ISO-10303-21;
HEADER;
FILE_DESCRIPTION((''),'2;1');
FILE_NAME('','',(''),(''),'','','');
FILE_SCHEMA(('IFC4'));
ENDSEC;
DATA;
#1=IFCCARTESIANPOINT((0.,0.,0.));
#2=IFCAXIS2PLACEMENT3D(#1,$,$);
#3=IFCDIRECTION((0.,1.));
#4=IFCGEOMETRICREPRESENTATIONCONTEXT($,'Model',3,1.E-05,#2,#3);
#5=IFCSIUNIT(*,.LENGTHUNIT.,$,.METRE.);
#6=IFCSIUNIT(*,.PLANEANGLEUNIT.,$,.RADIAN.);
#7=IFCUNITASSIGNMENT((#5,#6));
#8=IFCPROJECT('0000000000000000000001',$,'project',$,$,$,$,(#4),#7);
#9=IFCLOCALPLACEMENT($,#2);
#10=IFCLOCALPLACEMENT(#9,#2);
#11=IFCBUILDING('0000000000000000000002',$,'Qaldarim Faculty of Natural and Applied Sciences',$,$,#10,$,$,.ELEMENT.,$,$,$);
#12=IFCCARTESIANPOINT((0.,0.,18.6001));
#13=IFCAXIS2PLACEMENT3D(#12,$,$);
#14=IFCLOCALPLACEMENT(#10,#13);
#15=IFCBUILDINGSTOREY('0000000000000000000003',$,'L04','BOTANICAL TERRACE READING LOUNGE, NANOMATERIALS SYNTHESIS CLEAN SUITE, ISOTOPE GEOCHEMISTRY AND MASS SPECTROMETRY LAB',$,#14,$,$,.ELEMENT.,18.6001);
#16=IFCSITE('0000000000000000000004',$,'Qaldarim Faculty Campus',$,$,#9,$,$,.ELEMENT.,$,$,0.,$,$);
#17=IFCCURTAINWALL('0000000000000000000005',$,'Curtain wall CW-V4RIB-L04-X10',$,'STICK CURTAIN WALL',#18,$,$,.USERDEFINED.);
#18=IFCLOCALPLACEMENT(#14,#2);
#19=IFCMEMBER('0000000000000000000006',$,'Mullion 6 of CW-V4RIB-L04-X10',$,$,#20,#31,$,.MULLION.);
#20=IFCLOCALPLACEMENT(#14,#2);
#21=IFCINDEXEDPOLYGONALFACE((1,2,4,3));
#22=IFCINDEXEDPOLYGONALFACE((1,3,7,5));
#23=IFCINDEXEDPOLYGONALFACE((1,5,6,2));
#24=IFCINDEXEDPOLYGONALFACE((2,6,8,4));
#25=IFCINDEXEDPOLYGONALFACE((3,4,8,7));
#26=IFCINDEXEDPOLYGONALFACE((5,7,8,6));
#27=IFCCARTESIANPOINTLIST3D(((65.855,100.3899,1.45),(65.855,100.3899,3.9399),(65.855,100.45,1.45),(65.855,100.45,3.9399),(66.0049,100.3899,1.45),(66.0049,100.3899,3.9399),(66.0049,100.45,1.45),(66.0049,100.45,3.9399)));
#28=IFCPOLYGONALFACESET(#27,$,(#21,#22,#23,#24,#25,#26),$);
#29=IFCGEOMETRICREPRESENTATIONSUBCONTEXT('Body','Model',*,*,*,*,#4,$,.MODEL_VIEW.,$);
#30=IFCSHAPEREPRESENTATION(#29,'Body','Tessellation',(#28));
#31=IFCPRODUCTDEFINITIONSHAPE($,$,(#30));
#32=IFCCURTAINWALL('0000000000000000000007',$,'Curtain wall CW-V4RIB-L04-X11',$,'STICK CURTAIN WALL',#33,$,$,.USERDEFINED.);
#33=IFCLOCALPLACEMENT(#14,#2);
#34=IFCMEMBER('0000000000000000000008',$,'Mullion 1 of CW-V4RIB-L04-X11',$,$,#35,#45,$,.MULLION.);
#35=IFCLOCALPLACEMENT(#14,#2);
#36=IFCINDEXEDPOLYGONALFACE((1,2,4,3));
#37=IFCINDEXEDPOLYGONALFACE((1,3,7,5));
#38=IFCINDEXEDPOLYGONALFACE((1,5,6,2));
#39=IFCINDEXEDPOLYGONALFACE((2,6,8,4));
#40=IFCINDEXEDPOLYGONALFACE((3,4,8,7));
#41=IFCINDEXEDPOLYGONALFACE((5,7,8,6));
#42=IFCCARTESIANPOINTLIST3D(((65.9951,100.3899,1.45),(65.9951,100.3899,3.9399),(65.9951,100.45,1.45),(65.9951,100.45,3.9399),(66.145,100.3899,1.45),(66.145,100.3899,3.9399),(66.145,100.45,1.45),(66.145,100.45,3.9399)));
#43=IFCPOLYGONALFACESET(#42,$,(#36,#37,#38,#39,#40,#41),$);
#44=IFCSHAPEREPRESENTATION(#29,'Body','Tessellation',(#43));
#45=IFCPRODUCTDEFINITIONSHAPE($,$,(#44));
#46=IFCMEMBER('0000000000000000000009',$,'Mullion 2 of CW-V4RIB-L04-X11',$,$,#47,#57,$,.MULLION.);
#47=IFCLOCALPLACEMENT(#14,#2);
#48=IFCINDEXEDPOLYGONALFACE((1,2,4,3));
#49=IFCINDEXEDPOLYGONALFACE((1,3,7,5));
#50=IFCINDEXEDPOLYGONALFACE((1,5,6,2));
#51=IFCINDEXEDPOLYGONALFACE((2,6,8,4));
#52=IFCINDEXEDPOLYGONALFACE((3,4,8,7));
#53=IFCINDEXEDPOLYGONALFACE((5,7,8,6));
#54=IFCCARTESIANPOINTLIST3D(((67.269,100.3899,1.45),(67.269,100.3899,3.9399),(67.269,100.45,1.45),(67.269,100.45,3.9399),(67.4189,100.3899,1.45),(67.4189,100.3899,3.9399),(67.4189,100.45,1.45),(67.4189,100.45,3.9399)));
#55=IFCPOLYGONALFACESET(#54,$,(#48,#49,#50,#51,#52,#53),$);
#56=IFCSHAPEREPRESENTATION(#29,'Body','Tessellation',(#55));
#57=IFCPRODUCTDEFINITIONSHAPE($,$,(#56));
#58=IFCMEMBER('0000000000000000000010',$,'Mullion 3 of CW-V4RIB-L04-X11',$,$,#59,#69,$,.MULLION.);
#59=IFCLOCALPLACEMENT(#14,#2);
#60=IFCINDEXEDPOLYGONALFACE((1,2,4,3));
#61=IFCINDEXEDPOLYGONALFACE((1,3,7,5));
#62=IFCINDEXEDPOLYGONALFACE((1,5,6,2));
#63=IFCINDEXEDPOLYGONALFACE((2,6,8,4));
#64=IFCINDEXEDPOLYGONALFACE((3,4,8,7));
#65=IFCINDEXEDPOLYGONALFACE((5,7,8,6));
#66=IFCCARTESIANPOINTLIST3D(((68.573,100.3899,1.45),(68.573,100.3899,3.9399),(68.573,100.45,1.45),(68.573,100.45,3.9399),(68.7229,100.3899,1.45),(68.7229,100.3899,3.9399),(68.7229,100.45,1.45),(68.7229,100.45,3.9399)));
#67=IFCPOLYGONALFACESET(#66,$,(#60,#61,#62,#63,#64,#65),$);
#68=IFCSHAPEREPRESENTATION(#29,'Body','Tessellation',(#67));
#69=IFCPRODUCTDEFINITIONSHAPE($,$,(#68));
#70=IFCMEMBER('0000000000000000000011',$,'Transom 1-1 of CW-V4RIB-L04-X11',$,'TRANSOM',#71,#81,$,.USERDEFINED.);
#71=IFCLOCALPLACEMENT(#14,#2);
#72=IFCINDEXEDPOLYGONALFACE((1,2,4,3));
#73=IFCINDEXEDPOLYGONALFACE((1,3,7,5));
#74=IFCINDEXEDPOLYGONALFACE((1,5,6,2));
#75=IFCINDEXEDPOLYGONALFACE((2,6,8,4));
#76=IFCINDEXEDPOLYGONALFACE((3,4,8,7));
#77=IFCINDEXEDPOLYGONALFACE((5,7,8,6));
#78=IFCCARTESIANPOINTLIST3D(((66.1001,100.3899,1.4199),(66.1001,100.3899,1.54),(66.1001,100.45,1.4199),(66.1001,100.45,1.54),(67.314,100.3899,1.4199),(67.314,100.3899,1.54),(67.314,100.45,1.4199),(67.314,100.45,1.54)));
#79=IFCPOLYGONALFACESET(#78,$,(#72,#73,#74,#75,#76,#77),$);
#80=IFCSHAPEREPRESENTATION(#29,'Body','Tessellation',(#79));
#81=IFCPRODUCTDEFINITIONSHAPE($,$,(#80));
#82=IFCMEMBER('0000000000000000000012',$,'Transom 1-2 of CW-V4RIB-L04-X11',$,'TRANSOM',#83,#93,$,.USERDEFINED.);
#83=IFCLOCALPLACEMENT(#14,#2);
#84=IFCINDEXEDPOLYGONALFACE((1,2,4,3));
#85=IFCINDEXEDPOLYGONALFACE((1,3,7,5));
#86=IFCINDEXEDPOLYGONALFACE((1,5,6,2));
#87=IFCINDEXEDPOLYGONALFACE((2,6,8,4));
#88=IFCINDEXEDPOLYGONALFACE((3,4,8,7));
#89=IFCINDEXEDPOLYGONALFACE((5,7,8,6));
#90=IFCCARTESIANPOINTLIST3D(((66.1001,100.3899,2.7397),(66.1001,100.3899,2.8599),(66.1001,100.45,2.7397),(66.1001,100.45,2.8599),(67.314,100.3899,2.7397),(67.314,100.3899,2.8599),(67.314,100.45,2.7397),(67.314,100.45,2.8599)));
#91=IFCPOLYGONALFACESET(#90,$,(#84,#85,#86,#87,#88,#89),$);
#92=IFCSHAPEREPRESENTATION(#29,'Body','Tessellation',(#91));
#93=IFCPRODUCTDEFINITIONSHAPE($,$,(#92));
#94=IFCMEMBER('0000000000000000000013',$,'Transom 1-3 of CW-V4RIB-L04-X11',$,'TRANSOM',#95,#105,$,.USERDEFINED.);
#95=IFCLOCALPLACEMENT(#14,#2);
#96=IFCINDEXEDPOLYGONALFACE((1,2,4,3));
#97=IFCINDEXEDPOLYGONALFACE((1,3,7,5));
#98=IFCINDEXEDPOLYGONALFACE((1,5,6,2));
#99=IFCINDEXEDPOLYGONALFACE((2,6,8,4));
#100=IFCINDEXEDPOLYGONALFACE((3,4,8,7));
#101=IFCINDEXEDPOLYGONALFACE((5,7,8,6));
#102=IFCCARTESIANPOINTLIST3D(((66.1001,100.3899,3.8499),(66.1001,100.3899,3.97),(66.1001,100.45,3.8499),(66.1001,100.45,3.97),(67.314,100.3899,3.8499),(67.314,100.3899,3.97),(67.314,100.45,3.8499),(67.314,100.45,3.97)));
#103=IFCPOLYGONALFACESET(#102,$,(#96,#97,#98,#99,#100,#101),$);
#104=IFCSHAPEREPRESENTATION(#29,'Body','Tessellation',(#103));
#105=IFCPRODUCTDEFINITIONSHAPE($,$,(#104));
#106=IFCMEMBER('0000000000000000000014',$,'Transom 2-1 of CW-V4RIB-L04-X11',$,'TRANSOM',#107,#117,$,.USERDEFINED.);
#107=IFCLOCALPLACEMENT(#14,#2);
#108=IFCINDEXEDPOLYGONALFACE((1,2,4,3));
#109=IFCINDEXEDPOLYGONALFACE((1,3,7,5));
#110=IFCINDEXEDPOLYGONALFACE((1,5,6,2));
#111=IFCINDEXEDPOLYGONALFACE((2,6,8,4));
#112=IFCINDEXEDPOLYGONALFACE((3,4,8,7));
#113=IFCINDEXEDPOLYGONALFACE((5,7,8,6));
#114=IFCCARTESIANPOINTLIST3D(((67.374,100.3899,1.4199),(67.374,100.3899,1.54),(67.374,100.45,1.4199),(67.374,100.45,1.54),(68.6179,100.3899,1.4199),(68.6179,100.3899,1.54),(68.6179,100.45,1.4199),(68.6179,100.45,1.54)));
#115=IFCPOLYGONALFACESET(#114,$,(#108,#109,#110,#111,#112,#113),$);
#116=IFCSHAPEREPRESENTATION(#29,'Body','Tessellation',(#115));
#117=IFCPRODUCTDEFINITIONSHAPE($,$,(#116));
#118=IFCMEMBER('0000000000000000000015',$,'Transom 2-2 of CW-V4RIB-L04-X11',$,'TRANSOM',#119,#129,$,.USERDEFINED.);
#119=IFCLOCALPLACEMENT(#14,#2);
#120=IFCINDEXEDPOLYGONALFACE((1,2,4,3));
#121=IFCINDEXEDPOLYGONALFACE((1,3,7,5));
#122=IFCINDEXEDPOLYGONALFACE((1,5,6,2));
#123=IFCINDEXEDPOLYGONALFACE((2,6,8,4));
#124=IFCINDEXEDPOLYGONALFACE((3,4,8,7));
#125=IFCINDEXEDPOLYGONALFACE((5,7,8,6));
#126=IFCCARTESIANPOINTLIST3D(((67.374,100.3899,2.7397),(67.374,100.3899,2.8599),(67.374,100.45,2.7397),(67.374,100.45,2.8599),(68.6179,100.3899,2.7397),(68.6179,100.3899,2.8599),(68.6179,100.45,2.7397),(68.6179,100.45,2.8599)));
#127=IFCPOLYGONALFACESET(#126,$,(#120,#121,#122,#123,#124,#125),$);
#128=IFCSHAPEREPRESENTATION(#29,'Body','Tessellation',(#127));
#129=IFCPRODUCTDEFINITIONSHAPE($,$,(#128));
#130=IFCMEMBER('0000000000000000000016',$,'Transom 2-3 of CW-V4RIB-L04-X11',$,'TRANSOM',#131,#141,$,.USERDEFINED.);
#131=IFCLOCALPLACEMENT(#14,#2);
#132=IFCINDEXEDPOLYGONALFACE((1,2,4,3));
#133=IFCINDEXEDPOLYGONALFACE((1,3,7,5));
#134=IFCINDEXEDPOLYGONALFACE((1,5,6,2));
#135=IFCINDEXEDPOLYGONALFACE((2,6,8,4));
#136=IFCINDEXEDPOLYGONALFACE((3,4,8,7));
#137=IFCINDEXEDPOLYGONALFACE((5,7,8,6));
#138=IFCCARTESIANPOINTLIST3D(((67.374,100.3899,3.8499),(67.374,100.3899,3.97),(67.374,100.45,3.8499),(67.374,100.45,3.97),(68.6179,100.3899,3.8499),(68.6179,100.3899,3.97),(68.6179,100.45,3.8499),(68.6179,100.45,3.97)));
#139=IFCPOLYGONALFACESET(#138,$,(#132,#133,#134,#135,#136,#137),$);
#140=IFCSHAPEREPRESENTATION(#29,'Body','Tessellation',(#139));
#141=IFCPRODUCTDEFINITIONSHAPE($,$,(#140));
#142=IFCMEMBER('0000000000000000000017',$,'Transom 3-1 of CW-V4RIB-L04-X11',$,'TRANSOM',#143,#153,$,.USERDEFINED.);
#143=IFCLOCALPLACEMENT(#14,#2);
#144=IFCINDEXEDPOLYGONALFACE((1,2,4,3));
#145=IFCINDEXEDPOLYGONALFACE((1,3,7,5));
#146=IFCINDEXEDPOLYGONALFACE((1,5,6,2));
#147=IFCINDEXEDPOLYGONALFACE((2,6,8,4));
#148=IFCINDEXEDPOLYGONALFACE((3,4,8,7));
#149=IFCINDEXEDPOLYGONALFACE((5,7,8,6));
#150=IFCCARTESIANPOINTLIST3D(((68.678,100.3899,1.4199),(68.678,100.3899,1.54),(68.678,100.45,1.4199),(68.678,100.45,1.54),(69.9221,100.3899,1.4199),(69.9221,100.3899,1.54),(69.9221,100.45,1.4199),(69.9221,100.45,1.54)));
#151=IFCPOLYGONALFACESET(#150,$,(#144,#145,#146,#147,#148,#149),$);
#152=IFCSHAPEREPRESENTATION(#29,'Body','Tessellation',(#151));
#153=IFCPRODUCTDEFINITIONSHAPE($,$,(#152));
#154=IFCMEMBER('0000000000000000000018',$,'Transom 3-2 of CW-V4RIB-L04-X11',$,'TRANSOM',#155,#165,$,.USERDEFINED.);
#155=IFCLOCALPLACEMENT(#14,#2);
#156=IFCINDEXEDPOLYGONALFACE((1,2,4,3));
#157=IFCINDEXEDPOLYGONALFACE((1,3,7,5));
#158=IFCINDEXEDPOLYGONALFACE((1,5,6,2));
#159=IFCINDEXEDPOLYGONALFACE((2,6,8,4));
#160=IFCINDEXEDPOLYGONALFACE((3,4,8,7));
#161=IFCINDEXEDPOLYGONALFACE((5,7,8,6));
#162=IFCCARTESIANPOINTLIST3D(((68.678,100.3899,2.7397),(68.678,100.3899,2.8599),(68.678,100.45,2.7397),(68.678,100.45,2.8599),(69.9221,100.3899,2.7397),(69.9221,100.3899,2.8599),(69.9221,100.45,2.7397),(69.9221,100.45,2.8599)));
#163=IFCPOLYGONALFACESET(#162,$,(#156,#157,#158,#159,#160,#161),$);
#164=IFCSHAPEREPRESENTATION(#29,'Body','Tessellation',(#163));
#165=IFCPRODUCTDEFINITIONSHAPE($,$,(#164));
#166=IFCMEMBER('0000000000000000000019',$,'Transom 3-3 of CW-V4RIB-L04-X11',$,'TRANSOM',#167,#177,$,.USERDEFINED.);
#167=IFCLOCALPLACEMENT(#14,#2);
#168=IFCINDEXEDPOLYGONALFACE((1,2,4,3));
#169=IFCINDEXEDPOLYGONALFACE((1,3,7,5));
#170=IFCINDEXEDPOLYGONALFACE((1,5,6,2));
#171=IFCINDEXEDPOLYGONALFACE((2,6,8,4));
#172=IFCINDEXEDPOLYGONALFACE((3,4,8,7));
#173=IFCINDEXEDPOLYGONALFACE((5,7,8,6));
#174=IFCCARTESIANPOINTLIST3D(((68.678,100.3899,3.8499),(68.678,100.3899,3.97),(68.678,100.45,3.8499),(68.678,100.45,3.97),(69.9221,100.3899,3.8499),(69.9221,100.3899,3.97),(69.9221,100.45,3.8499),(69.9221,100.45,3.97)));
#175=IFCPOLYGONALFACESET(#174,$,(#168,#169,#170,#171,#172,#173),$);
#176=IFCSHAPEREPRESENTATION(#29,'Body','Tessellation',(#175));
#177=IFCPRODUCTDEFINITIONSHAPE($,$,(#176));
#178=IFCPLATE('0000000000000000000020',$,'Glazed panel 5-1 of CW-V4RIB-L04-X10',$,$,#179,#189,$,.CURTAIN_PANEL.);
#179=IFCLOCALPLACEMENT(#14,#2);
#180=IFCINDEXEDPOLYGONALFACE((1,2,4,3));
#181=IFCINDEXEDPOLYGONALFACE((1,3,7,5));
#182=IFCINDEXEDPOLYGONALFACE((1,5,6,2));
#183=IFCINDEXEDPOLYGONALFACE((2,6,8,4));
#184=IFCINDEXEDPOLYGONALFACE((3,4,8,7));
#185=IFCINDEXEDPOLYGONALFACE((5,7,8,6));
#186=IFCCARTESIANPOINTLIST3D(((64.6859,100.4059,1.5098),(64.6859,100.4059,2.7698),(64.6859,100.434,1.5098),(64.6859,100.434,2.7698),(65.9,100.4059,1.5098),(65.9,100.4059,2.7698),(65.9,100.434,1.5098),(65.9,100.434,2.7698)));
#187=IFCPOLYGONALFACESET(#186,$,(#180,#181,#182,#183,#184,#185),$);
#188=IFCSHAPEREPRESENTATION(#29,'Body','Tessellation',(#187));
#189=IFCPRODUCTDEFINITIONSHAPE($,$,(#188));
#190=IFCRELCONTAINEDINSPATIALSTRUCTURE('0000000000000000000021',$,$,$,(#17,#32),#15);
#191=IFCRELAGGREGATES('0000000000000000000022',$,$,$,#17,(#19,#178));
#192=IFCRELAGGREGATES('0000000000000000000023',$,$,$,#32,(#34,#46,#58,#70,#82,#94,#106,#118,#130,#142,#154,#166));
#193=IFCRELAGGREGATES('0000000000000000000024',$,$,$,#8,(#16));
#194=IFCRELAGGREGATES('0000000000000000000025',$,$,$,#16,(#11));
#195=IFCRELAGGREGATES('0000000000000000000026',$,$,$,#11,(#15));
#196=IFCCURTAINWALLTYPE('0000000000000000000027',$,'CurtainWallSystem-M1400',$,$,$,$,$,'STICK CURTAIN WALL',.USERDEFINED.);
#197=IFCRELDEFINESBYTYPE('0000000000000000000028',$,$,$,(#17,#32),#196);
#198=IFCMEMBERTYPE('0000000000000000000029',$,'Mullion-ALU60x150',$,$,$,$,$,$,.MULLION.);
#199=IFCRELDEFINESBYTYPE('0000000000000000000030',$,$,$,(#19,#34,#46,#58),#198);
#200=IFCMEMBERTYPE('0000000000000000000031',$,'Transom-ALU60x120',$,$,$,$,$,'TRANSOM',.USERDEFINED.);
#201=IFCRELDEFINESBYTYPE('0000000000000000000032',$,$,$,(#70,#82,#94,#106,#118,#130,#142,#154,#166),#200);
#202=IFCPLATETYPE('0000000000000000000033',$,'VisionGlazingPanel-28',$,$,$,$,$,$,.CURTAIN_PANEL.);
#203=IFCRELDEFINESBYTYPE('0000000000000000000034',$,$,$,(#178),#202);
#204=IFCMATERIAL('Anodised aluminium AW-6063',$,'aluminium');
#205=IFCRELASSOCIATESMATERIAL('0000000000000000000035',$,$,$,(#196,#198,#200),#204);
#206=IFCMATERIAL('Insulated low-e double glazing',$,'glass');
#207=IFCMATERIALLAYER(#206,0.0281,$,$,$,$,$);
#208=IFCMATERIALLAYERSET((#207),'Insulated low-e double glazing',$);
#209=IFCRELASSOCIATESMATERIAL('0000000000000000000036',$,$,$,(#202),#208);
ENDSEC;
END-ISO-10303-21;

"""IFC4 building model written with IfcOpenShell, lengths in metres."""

from ifc_helpers import new_model, si_unit, direction, frame, origin, origin_2d, place, context, subcontext, project, spatial, rectangle, extrude, material, layer, layer_set, material_profile, profile_set, type_object, element, aggregate, save


model = new_model("IFC4")

# Units and contexts
model_context = context("Model", 3, precision=1e-05, world=origin(), true_north=direction((0.0, 1.0)))
body_context = subcontext(model_context, "Body", "Model", "MODEL_VIEW")
ifc_project = project(units=[si_unit("LENGTHUNIT", "METRE"), si_unit("PLANEANGLEUNIT", "RADIAN")], contexts=[model_context])

# Site, building, storey
site_placement = place(None, origin())
site = spatial("IfcSite", under=ifc_project, at=site_placement, Name="Qaldarim Faculty Campus", CompositionType="ELEMENT", RefElevation=0.0)
building_placement = place(site_placement, origin())
building = spatial("IfcBuilding", under=site, at=building_placement, Name="Qaldarim Faculty of Natural and Applied Sciences", CompositionType="ELEMENT")
storey_placement = place(building_placement, frame((0.0, 0.0, 18.6001)))
storey = spatial("IfcBuildingStorey", under=building, at=storey_placement, Name="L04", Description="BOTANICAL TERRACE READING LOUNGE, NANOMATERIALS SYNTHESIS CLEAN SUITE, ISOTOPE GEOCHEMISTRY AND MASS SPECTROMETRY LAB", CompositionType="ELEMENT", Elevation=18.6001)

# Curtain wall, member
ifc_material_1 = material(Name="Anodised aluminium AW-6063", Category="aluminium")
curtain_wall_type = type_object("IfcCurtainWallType", Name="CurtainWallSystem-M1400", ElementType="STICK CURTAIN WALL", PredefinedType="USERDEFINED", material=ifc_material_1)
curtain_wall_1_placement = place(storey_placement, origin())
curtain_wall_1 = element("IfcCurtainWall", 1, at=curtain_wall_1_placement, inside=storey, type_object=curtain_wall_type, Name="Curtain wall CW-V4RIB-L04-X10", ObjectType="STICK CURTAIN WALL", PredefinedType="USERDEFINED")
ifc_material_profile_1 = material_profile(ifc_material_1, rectangle(XDim=0.0601, YDim=0.1499, at=origin_2d()), Name="ALU-M60x150")
ifc_profile_set_1 = profile_set([ifc_material_profile_1], Name="Anodised aluminium AW-6063")
member_type_1 = type_object("IfcMemberType", Name="Mullion-ALU60x150", PredefinedType="MULLION", material=ifc_profile_set_1)
member_1_placement = place(storey_placement, frame((65.9299, 100.4199, 1.45), z_axis=(0.0, 0.0, 1.0), x_axis=(0.0, 1.0, 0.0)))
member_1 = element("IfcMember", 2, at=member_1_placement, type_object=member_type_1, Name="Mullion 6 of CW-V4RIB-L04-X10", PredefinedType="MULLION", context=body_context, shape_type="SweptSolid", body=[
    extrude(rectangle(XDim=0.0601, YDim=0.1499, at=origin_2d()), origin(), (0.0, 0.0, 1.0), 2.49),
])

# Curtain wall, members
curtain_wall_2_placement = place(storey_placement, origin())
curtain_wall_2 = element("IfcCurtainWall", 3, at=curtain_wall_2_placement, inside=storey, type_object=curtain_wall_type, Name="Curtain wall CW-V4RIB-L04-X11", ObjectType="STICK CURTAIN WALL", PredefinedType="USERDEFINED")
member_2_placement = place(storey_placement, frame((66.0701, 100.4199, 1.45), z_axis=(0.0, 0.0, 1.0), x_axis=(0.0, 1.0, 0.0)))
member_2 = element("IfcMember", 4, at=member_2_placement, type_object=member_type_1, Name="Mullion 1 of CW-V4RIB-L04-X11", PredefinedType="MULLION", context=body_context, shape_type="SweptSolid", body=[
    extrude(rectangle(XDim=0.0601, YDim=0.1499, at=origin_2d()), origin(), (0.0, 0.0, 1.0), 2.49),
])
member_3_placement = place(storey_placement, frame((67.344, 100.4199, 1.45), z_axis=(0.0, 0.0, 1.0), x_axis=(0.0, 1.0, 0.0)))
member_3 = element("IfcMember", 5, at=member_3_placement, type_object=member_type_1, Name="Mullion 2 of CW-V4RIB-L04-X11", PredefinedType="MULLION", context=body_context, shape_type="SweptSolid", body=[
    extrude(rectangle(XDim=0.0601, YDim=0.1499, at=origin_2d()), origin(), (0.0, 0.0, 1.0), 2.49),
])
member_4_placement = place(storey_placement, frame((68.6479, 100.4199, 1.45), z_axis=(0.0, 0.0, 1.0), x_axis=(0.0, 1.0, 0.0)))
member_4 = element("IfcMember", 6, at=member_4_placement, type_object=member_type_1, Name="Mullion 3 of CW-V4RIB-L04-X11", PredefinedType="MULLION", context=body_context, shape_type="SweptSolid", body=[
    extrude(rectangle(XDim=0.0601, YDim=0.1499, at=origin_2d()), origin(), (0.0, 0.0, 1.0), 2.49),
])
ifc_material_profile_2 = material_profile(ifc_material_1, rectangle(XDim=0.0601, YDim=0.1201, at=origin_2d()), Name="ALU-T60x120")
ifc_profile_set_2 = profile_set([ifc_material_profile_2], Name="Anodised aluminium AW-6063")
member_type_2 = type_object("IfcMemberType", Name="Transom-ALU60x120", ElementType="TRANSOM", PredefinedType="USERDEFINED", material=ifc_profile_set_2)
member_5_placement = place(storey_placement, frame((66.1001, 100.4199, 1.48), z_axis=(1.0, 0.0, 0.0), x_axis=(0.0, 1.0, 0.0)))
member_5 = element("IfcMember", 7, at=member_5_placement, type_object=member_type_2, Name="Transom 1-1 of CW-V4RIB-L04-X11", ObjectType="TRANSOM", PredefinedType="USERDEFINED", context=body_context, shape_type="SweptSolid", body=[
    extrude(rectangle(XDim=0.0601, YDim=0.1201, at=origin_2d()), origin(), (0.0, 0.0, 1.0), 1.2139),
])
member_6_placement = place(storey_placement, frame((66.1001, 100.4199, 2.7998), z_axis=(1.0, 0.0, 0.0), x_axis=(0.0, 1.0, 0.0)))
member_6 = element("IfcMember", 8, at=member_6_placement, type_object=member_type_2, Name="Transom 1-2 of CW-V4RIB-L04-X11", ObjectType="TRANSOM", PredefinedType="USERDEFINED", context=body_context, shape_type="SweptSolid", body=[
    extrude(rectangle(XDim=0.0601, YDim=0.1201, at=origin_2d()), origin(), (0.0, 0.0, 1.0), 1.2139),
])
member_7_placement = place(storey_placement, frame((66.1001, 100.4199, 3.9099), z_axis=(1.0, 0.0, 0.0), x_axis=(0.0, 1.0, 0.0)))
member_7 = element("IfcMember", 9, at=member_7_placement, type_object=member_type_2, Name="Transom 1-3 of CW-V4RIB-L04-X11", ObjectType="TRANSOM", PredefinedType="USERDEFINED", context=body_context, shape_type="SweptSolid", body=[
    extrude(rectangle(XDim=0.0601, YDim=0.1201, at=origin_2d()), origin(), (0.0, 0.0, 1.0), 1.2139),
])
member_8_placement = place(storey_placement, frame((67.374, 100.4199, 1.48), z_axis=(1.0, 0.0, 0.0), x_axis=(0.0, 1.0, 0.0)))
member_8 = element("IfcMember", 10, at=member_8_placement, type_object=member_type_2, Name="Transom 2-1 of CW-V4RIB-L04-X11", ObjectType="TRANSOM", PredefinedType="USERDEFINED", context=body_context, shape_type="SweptSolid", body=[
    extrude(rectangle(XDim=0.0601, YDim=0.1201, at=origin_2d()), origin(), (0.0, 0.0, 1.0), 1.2439),
])
member_9_placement = place(storey_placement, frame((67.374, 100.4199, 2.7998), z_axis=(1.0, 0.0, 0.0), x_axis=(0.0, 1.0, 0.0)))
member_9 = element("IfcMember", 11, at=member_9_placement, type_object=member_type_2, Name="Transom 2-2 of CW-V4RIB-L04-X11", ObjectType="TRANSOM", PredefinedType="USERDEFINED", context=body_context, shape_type="SweptSolid", body=[
    extrude(rectangle(XDim=0.0601, YDim=0.1201, at=origin_2d()), origin(), (0.0, 0.0, 1.0), 1.2439),
])
member_10_placement = place(storey_placement, frame((67.374, 100.4199, 3.9099), z_axis=(1.0, 0.0, 0.0), x_axis=(0.0, 1.0, 0.0)))
member_10 = element("IfcMember", 12, at=member_10_placement, type_object=member_type_2, Name="Transom 2-3 of CW-V4RIB-L04-X11", ObjectType="TRANSOM", PredefinedType="USERDEFINED", context=body_context, shape_type="SweptSolid", body=[
    extrude(rectangle(XDim=0.0601, YDim=0.1201, at=origin_2d()), origin(), (0.0, 0.0, 1.0), 1.2439),
])
member_11_placement = place(storey_placement, frame((68.678, 100.4199, 1.48), z_axis=(1.0, 0.0, 0.0), x_axis=(0.0, 1.0, 0.0)))
member_11 = element("IfcMember", 13, at=member_11_placement, type_object=member_type_2, Name="Transom 3-1 of CW-V4RIB-L04-X11", ObjectType="TRANSOM", PredefinedType="USERDEFINED", context=body_context, shape_type="SweptSolid", body=[
    extrude(rectangle(XDim=0.0601, YDim=0.1201, at=origin_2d()), origin(), (0.0, 0.0, 1.0), 1.2441),
])
member_12_placement = place(storey_placement, frame((68.678, 100.4199, 2.7998), z_axis=(1.0, 0.0, 0.0), x_axis=(0.0, 1.0, 0.0)))
member_12 = element("IfcMember", 14, at=member_12_placement, type_object=member_type_2, Name="Transom 3-2 of CW-V4RIB-L04-X11", ObjectType="TRANSOM", PredefinedType="USERDEFINED", context=body_context, shape_type="SweptSolid", body=[
    extrude(rectangle(XDim=0.0601, YDim=0.1201, at=origin_2d()), origin(), (0.0, 0.0, 1.0), 1.2441),
])
member_13_placement = place(storey_placement, frame((68.678, 100.4199, 3.9099), z_axis=(1.0, 0.0, 0.0), x_axis=(0.0, 1.0, 0.0)))
member_13 = element("IfcMember", 15, at=member_13_placement, type_object=member_type_2, Name="Transom 3-3 of CW-V4RIB-L04-X11", ObjectType="TRANSOM", PredefinedType="USERDEFINED", context=body_context, shape_type="SweptSolid", body=[
    extrude(rectangle(XDim=0.0601, YDim=0.1201, at=origin_2d()), origin(), (0.0, 0.0, 1.0), 1.2441),
])

# Plate
ifc_material_2 = material(Name="Insulated low-e double glazing", Category="glass")
ifc_layer_1 = layer(ifc_material_2, 0.0281)
ifc_layer_set_1 = layer_set([ifc_layer_1], Name="Insulated low-e double glazing")
plate_type = type_object("IfcPlateType", Name="VisionGlazingPanel-28", PredefinedType="CURTAIN_PANEL", material=ifc_layer_set_1)
plate_1_placement = place(storey_placement, frame((65.293, 100.4199, 1.5098), z_axis=(0.0, 0.0, 1.0), x_axis=(1.0, 0.0, 0.0)))
plate_1 = element("IfcPlate", 16, at=plate_1_placement, type_object=plate_type, Name="Glazed panel 5-1 of CW-V4RIB-L04-X10", PredefinedType="CURTAIN_PANEL", context=body_context, shape_type="SweptSolid", body=[
    extrude(rectangle(XDim=1.2141, YDim=0.0281, at=origin_2d()), origin(), (0.0, 0.0, 1.0), 1.26),
])
aggregate(curtain_wall_1, [member_1, plate_1])
aggregate(curtain_wall_2, [member_2, member_3, member_4, member_5, member_6, member_7, member_8, member_9, member_10, member_11, member_12, member_13])

save(model, "model.ifc")
